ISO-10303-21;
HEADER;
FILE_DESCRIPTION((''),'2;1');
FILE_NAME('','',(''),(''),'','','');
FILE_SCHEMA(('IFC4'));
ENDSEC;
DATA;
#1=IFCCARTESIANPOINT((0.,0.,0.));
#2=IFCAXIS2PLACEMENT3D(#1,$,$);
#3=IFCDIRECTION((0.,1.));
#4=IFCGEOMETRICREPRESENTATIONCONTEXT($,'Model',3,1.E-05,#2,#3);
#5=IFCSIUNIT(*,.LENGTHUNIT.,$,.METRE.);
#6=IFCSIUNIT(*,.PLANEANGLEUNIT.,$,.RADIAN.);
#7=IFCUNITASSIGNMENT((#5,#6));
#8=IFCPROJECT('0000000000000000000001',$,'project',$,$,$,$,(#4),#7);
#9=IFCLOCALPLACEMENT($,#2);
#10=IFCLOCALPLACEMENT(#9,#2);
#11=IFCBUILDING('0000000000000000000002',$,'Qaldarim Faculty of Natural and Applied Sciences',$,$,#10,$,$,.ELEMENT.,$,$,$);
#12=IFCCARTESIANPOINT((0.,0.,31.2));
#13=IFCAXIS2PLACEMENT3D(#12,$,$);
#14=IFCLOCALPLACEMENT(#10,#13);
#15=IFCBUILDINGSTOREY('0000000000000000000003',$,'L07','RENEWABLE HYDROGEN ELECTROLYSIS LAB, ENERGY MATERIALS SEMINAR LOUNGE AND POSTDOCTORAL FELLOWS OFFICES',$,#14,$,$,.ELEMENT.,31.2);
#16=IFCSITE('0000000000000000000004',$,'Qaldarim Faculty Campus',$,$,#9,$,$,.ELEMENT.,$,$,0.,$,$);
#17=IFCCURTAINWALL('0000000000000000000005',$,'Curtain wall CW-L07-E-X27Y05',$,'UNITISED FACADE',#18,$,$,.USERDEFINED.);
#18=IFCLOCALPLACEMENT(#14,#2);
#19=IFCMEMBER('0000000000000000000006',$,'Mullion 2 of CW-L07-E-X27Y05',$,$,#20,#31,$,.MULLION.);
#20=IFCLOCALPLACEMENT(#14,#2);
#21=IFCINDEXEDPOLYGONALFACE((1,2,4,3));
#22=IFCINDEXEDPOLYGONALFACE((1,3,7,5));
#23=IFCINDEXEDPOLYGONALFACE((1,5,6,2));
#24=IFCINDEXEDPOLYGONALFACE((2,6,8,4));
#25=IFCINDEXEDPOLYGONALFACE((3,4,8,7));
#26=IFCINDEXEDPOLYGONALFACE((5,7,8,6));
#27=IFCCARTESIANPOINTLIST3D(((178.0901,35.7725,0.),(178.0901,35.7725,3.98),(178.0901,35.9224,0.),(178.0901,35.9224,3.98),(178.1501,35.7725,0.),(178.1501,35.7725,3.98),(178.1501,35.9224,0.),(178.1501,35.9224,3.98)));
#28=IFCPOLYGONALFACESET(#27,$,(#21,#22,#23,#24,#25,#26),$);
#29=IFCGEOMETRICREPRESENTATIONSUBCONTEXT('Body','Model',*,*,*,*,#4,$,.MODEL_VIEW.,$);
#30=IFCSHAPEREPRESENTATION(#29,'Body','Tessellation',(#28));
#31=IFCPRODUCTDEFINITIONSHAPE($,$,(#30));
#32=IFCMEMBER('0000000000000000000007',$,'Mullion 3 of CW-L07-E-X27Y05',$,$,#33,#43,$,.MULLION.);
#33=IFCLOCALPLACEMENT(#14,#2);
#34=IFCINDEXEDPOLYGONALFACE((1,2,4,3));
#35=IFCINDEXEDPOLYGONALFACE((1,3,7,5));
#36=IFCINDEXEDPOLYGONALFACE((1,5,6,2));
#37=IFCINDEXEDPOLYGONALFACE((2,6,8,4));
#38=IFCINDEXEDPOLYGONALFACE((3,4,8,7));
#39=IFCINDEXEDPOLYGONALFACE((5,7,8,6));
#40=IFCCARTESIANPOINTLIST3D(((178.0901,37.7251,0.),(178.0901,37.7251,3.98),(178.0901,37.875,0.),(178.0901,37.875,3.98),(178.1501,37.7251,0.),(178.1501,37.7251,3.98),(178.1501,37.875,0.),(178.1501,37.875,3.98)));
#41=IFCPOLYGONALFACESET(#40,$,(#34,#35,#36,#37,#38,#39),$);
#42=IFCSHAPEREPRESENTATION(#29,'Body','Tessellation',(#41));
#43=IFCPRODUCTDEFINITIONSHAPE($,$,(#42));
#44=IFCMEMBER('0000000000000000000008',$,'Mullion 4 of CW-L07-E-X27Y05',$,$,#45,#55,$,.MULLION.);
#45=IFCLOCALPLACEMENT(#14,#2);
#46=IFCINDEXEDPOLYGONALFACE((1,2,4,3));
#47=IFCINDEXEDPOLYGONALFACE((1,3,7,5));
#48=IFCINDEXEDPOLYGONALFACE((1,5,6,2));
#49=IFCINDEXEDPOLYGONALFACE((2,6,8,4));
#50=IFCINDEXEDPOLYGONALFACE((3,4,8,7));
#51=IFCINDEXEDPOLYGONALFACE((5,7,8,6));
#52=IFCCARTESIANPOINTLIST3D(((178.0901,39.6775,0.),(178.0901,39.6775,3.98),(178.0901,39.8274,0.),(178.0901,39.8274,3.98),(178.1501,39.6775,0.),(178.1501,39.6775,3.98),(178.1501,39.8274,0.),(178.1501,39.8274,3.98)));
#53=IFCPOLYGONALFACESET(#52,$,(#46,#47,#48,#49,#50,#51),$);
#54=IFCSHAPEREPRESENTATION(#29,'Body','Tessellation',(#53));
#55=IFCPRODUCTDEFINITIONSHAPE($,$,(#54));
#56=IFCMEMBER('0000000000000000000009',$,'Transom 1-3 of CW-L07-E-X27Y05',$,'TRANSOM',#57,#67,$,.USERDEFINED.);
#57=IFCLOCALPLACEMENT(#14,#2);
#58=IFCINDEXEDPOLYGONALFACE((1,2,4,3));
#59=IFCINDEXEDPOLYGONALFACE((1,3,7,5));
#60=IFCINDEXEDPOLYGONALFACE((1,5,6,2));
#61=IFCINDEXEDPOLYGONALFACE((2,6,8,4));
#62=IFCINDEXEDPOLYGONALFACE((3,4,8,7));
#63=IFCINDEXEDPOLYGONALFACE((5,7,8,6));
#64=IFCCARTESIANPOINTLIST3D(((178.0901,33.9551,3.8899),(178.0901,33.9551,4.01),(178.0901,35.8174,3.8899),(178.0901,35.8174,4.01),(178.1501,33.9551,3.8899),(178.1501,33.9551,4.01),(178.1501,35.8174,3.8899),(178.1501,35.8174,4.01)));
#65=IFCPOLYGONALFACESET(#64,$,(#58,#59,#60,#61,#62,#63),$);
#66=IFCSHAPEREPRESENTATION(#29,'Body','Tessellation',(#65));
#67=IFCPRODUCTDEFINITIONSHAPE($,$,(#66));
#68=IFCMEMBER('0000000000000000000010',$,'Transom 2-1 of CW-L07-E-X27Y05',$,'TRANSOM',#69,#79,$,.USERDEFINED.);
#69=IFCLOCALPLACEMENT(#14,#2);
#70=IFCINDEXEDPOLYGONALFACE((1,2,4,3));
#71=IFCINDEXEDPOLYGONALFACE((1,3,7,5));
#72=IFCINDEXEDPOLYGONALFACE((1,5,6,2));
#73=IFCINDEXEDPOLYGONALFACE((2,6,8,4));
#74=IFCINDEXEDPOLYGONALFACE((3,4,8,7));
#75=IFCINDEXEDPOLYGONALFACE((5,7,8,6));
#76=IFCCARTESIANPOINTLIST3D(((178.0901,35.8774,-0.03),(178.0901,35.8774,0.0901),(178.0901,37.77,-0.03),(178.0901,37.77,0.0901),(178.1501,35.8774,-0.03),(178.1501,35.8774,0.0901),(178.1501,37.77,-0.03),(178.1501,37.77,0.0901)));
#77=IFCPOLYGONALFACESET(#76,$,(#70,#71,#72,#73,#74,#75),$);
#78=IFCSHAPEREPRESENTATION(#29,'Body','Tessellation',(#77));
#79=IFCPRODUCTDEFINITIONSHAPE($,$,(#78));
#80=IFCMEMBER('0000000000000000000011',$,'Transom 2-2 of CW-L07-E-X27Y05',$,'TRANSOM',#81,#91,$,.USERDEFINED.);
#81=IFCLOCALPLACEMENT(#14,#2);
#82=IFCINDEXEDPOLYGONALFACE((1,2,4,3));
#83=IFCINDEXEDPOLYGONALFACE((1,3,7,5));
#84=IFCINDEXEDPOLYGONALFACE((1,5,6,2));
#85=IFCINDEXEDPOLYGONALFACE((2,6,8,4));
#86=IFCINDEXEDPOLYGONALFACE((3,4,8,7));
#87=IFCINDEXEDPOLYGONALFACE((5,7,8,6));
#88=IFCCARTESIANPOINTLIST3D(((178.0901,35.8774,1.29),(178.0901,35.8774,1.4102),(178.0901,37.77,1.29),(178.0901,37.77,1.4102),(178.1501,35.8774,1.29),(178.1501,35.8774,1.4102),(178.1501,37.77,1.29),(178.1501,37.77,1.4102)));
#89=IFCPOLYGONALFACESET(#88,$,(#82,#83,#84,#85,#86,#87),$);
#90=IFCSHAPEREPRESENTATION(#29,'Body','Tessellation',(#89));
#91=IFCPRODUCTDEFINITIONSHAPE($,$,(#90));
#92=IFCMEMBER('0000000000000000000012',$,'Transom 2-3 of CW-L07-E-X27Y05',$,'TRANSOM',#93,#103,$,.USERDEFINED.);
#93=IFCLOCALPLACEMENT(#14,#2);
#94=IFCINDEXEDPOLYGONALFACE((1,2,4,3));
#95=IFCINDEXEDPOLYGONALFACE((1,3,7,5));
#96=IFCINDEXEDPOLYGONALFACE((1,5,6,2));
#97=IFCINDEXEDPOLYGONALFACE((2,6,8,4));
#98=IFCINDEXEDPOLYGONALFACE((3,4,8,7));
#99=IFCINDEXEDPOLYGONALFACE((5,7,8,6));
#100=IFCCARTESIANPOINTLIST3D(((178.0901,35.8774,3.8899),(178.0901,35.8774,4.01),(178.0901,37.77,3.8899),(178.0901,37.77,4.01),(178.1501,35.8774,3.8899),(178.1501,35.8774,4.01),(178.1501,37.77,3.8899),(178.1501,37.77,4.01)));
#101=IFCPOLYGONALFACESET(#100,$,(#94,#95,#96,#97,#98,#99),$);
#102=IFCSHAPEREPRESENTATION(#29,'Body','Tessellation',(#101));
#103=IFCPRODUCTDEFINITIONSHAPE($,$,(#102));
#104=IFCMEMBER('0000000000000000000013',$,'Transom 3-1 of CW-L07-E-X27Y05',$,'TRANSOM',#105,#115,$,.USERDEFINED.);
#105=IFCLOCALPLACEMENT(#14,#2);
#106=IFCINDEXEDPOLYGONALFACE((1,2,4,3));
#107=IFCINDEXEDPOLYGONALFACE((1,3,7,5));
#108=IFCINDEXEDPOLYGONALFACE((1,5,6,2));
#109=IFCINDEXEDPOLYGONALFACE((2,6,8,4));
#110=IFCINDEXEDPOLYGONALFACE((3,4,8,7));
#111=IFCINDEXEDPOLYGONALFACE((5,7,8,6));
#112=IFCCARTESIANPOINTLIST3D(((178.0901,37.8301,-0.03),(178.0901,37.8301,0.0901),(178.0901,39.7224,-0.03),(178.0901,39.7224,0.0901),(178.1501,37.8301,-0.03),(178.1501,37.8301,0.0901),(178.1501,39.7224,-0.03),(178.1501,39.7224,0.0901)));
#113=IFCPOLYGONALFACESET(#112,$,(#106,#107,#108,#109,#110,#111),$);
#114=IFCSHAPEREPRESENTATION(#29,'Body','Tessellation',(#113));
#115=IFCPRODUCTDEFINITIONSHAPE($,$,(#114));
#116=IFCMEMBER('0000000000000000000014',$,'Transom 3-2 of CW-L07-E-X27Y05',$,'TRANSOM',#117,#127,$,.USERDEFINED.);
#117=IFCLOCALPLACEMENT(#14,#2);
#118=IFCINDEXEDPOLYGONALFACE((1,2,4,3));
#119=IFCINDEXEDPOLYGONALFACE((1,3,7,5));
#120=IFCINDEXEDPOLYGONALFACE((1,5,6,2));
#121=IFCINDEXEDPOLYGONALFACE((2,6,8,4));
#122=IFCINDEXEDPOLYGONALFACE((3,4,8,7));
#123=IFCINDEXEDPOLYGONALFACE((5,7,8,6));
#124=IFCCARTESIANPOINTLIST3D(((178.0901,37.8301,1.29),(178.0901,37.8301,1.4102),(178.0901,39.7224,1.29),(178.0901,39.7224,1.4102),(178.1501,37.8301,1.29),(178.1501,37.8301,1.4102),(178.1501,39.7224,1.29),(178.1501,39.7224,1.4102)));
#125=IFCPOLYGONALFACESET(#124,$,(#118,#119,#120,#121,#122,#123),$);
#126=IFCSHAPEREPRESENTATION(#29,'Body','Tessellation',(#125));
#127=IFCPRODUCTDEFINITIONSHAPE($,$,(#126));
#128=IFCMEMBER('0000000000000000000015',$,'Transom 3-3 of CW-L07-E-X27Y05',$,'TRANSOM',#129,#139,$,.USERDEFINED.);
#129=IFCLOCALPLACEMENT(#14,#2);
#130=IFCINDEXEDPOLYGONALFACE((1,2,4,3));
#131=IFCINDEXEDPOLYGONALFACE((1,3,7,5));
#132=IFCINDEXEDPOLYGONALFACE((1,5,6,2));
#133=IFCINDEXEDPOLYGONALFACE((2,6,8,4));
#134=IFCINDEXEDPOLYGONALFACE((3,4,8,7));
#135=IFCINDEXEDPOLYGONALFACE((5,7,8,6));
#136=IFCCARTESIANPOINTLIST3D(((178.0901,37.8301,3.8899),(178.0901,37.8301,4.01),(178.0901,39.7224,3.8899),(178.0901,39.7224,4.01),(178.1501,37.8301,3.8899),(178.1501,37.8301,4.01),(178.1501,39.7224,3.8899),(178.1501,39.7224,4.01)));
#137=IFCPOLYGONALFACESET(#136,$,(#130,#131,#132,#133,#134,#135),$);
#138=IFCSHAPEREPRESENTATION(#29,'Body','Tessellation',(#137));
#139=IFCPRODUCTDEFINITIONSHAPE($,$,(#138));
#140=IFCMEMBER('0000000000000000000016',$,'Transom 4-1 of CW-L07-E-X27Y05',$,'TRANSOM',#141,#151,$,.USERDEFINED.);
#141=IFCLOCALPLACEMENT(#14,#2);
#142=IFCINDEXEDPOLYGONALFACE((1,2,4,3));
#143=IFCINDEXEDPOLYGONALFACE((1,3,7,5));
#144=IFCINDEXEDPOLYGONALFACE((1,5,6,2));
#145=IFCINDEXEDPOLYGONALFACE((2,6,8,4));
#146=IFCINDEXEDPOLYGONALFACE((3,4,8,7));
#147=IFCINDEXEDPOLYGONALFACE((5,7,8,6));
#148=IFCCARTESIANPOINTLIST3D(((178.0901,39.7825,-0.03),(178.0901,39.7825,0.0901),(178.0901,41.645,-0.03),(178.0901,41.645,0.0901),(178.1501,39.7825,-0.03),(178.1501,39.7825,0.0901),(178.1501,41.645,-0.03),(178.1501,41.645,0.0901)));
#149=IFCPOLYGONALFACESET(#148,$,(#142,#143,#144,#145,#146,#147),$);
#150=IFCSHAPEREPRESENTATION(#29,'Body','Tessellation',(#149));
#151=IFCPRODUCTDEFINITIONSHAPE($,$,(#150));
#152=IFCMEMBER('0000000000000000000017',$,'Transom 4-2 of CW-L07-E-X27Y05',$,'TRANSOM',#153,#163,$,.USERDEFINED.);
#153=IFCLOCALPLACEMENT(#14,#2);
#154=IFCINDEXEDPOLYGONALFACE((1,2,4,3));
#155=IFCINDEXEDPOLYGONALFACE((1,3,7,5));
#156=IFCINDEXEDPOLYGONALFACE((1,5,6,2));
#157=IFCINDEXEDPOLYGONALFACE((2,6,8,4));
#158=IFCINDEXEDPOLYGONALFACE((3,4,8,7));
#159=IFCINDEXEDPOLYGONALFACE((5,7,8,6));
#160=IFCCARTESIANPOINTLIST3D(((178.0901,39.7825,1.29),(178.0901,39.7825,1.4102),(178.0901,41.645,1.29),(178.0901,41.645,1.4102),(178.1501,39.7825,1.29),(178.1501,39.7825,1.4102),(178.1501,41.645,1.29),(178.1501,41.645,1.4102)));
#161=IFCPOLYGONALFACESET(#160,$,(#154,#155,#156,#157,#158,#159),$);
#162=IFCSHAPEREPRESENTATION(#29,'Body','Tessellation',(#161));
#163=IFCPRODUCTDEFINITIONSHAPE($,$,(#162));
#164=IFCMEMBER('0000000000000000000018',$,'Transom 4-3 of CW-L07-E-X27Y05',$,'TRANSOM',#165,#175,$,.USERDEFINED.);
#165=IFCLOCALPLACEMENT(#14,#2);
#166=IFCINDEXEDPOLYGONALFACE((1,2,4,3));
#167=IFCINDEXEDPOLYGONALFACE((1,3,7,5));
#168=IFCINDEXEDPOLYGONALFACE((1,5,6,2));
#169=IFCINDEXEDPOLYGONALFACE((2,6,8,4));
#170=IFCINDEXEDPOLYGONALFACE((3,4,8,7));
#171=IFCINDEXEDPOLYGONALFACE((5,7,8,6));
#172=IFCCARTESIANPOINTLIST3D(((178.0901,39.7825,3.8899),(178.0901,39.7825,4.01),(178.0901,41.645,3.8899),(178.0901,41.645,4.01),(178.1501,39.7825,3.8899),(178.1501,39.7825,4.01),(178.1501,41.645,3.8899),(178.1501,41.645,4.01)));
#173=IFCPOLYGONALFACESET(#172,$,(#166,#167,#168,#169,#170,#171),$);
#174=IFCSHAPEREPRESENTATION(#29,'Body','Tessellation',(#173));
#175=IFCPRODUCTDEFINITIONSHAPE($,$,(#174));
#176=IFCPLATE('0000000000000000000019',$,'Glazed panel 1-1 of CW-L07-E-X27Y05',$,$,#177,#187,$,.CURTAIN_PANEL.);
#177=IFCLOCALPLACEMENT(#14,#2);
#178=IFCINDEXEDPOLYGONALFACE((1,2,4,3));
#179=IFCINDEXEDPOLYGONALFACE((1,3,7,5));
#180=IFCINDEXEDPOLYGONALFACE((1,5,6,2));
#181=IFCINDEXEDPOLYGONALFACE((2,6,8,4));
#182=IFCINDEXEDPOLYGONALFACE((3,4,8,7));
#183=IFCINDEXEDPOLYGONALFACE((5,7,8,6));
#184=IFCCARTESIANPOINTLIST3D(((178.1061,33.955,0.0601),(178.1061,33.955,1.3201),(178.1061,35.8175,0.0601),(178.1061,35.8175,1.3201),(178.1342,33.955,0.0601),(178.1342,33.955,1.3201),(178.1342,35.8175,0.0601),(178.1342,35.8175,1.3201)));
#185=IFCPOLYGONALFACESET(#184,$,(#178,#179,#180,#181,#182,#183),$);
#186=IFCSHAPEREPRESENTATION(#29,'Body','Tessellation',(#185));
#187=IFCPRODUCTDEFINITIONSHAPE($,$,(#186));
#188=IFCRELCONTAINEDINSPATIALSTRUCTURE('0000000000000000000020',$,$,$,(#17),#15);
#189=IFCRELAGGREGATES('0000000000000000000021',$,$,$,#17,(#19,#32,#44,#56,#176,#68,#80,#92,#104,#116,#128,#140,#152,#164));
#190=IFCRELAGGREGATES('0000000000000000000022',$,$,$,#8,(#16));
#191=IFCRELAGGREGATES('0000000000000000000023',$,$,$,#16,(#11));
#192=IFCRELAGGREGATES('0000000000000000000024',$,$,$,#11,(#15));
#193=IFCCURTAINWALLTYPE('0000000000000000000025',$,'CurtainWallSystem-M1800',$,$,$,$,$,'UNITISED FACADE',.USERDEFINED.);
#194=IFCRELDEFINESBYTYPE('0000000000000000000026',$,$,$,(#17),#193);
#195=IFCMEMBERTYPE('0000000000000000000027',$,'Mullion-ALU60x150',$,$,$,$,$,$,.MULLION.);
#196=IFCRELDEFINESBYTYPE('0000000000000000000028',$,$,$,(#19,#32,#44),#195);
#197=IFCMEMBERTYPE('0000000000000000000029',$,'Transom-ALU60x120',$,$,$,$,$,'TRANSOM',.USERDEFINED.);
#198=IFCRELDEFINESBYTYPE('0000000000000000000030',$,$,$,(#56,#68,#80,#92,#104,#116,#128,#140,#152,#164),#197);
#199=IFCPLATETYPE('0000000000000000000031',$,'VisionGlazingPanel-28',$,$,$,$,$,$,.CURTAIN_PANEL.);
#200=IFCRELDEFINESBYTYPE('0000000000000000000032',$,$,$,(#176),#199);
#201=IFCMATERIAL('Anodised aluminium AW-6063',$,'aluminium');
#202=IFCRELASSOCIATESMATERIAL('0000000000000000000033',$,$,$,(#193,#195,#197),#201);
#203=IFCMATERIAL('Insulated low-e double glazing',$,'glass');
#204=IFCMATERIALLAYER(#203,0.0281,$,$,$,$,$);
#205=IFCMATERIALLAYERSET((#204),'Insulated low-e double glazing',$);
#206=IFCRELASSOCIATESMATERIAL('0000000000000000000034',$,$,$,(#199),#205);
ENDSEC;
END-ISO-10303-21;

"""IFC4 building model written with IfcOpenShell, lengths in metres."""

from ifc_helpers import new_model, si_unit, direction, frame, origin, origin_2d, place, context, subcontext, project, spatial, rectangle, extrude, material, layer, layer_set, material_profile, profile_set, type_object, element, aggregate, save


model = new_model("IFC4")

# Units and contexts
model_context = context("Model", 3, precision=1e-05, world=origin(), true_north=direction((0.0, 1.0)))
body_context = subcontext(model_context, "Body", "Model", "MODEL_VIEW")
ifc_project = project(units=[si_unit("LENGTHUNIT", "METRE"), si_unit("PLANEANGLEUNIT", "RADIAN")], contexts=[model_context])

# Site, building, storey
site_placement = place(None, origin())
site = spatial("IfcSite", under=ifc_project, at=site_placement, Name="Qaldarim Faculty Campus", CompositionType="ELEMENT", RefElevation=0.0)
building_placement = place(site_placement, origin())
building = spatial("IfcBuilding", under=site, at=building_placement, Name="Qaldarim Faculty of Natural and Applied Sciences", CompositionType="ELEMENT")
storey_placement = place(building_placement, frame((0.0, 0.0, 31.2)))
storey = spatial("IfcBuildingStorey", under=building, at=storey_placement, Name="L07", Description="RENEWABLE HYDROGEN ELECTROLYSIS LAB, ENERGY MATERIALS SEMINAR LOUNGE AND POSTDOCTORAL FELLOWS OFFICES", CompositionType="ELEMENT", Elevation=31.2)

# Curtain wall, members, plate
ifc_material_1 = material(Name="Anodised aluminium AW-6063", Category="aluminium")
curtain_wall_type = type_object("IfcCurtainWallType", Name="CurtainWallSystem-M1800", ElementType="UNITISED FACADE", PredefinedType="USERDEFINED", material=ifc_material_1)
curtain_wall_placement = place(storey_placement, origin())
curtain_wall = element("IfcCurtainWall", 1, at=curtain_wall_placement, inside=storey, type_object=curtain_wall_type, Name="Curtain wall CW-L07-E-X27Y05", ObjectType="UNITISED FACADE", PredefinedType="USERDEFINED")
ifc_material_profile_1 = material_profile(ifc_material_1, rectangle(XDim=0.0601, YDim=0.1499, at=origin_2d()), Name="ALU-M60x150")
ifc_profile_set_1 = profile_set([ifc_material_profile_1], Name="Anodised aluminium AW-6063")
member_type_1 = type_object("IfcMemberType", Name="Mullion-ALU60x150", PredefinedType="MULLION", material=ifc_profile_set_1)
member_1_placement = place(storey_placement, frame((178.1201, 35.8474, 0.0), z_axis=(0.0, 0.0, 1.0), x_axis=(-1.0, 0.0, 0.0)))
member_1 = element("IfcMember", 2, at=member_1_placement, type_object=member_type_1, Name="Mullion 2 of CW-L07-E-X27Y05", PredefinedType="MULLION", context=body_context, shape_type="SweptSolid", body=[
    extrude(rectangle(XDim=0.0601, YDim=0.1499, at=origin_2d()), origin(), (0.0, 0.0, 1.0), 3.98),
])
member_2_placement = place(storey_placement, frame((178.1201, 37.8, 0.0), z_axis=(0.0, 0.0, 1.0), x_axis=(-1.0, 0.0, 0.0)))
member_2 = element("IfcMember", 3, at=member_2_placement, type_object=member_type_1, Name="Mullion 3 of CW-L07-E-X27Y05", PredefinedType="MULLION", context=body_context, shape_type="SweptSolid", body=[
    extrude(rectangle(XDim=0.0601, YDim=0.1499, at=origin_2d()), origin(), (0.0, 0.0, 1.0), 3.98),
])
member_3_placement = place(storey_placement, frame((178.1201, 39.7524, 0.0), z_axis=(0.0, 0.0, 1.0), x_axis=(-1.0, 0.0, 0.0)))
member_3 = element("IfcMember", 4, at=member_3_placement, type_object=member_type_1, Name="Mullion 4 of CW-L07-E-X27Y05", PredefinedType="MULLION", context=body_context, shape_type="SweptSolid", body=[
    extrude(rectangle(XDim=0.0601, YDim=0.1499, at=origin_2d()), origin(), (0.0, 0.0, 1.0), 3.98),
])
ifc_material_profile_2 = material_profile(ifc_material_1, rectangle(XDim=0.0601, YDim=0.1201, at=origin_2d()), Name="ALU-T60x120")
ifc_profile_set_2 = profile_set([ifc_material_profile_2], Name="Anodised aluminium AW-6063")
member_type_2 = type_object("IfcMemberType", Name="Transom-ALU60x120", ElementType="TRANSOM", PredefinedType="USERDEFINED", material=ifc_profile_set_2)
member_4_placement = place(storey_placement, frame((178.1201, 33.9551, 3.95), z_axis=(0.0, 1.0, 0.0), x_axis=(-1.0, 0.0, 0.0)))
member_4 = element("IfcMember", 5, at=member_4_placement, type_object=member_type_2, Name="Transom 1-3 of CW-L07-E-X27Y05", ObjectType="TRANSOM", PredefinedType="USERDEFINED", context=body_context, shape_type="SweptSolid", body=[
    extrude(rectangle(XDim=0.0601, YDim=0.1201, at=origin_2d()), origin(), (0.0, 0.0, 1.0), 1.8623),
])
member_5_placement = place(storey_placement, frame((178.1201, 35.8774, 0.03), z_axis=(0.0, 1.0, 0.0), x_axis=(-1.0, 0.0, 0.0)))
member_5 = element("IfcMember", 6, at=member_5_placement, type_object=member_type_2, Name="Transom 2-1 of CW-L07-E-X27Y05", ObjectType="TRANSOM", PredefinedType="USERDEFINED", context=body_context, shape_type="SweptSolid", body=[
    extrude(rectangle(XDim=0.0601, YDim=0.1201, at=origin_2d()), origin(), (0.0, 0.0, 1.0), 1.8926),
])
member_6_placement = place(storey_placement, frame((178.1201, 35.8774, 1.3501), z_axis=(0.0, 1.0, 0.0), x_axis=(-1.0, 0.0, 0.0)))
member_6 = element("IfcMember", 7, at=member_6_placement, type_object=member_type_2, Name="Transom 2-2 of CW-L07-E-X27Y05", ObjectType="TRANSOM", PredefinedType="USERDEFINED", context=body_context, shape_type="SweptSolid", body=[
    extrude(rectangle(XDim=0.0601, YDim=0.1201, at=origin_2d()), origin(), (0.0, 0.0, 1.0), 1.8926),
])
member_7_placement = place(storey_placement, frame((178.1201, 35.8774, 3.95), z_axis=(0.0, 1.0, 0.0), x_axis=(-1.0, 0.0, 0.0)))
member_7 = element("IfcMember", 8, at=member_7_placement, type_object=member_type_2, Name="Transom 2-3 of CW-L07-E-X27Y05", ObjectType="TRANSOM", PredefinedType="USERDEFINED", context=body_context, shape_type="SweptSolid", body=[
    extrude(rectangle(XDim=0.0601, YDim=0.1201, at=origin_2d()), origin(), (0.0, 0.0, 1.0), 1.8926),
])
member_8_placement = place(storey_placement, frame((178.1201, 37.8301, 0.03), z_axis=(0.0, 1.0, 0.0), x_axis=(-1.0, 0.0, 0.0)))
member_8 = element("IfcMember", 9, at=member_8_placement, type_object=member_type_2, Name="Transom 3-1 of CW-L07-E-X27Y05", ObjectType="TRANSOM", PredefinedType="USERDEFINED", context=body_context, shape_type="SweptSolid", body=[
    extrude(rectangle(XDim=0.0601, YDim=0.1201, at=origin_2d()), origin(), (0.0, 0.0, 1.0), 1.8923),
])
member_9_placement = place(storey_placement, frame((178.1201, 37.8301, 1.3501), z_axis=(0.0, 1.0, 0.0), x_axis=(-1.0, 0.0, 0.0)))
member_9 = element("IfcMember", 10, at=member_9_placement, type_object=member_type_2, Name="Transom 3-2 of CW-L07-E-X27Y05", ObjectType="TRANSOM", PredefinedType="USERDEFINED", context=body_context, shape_type="SweptSolid", body=[
    extrude(rectangle(XDim=0.0601, YDim=0.1201, at=origin_2d()), origin(), (0.0, 0.0, 1.0), 1.8923),
])
member_10_placement = place(storey_placement, frame((178.1201, 37.8301, 3.95), z_axis=(0.0, 1.0, 0.0), x_axis=(-1.0, 0.0, 0.0)))
member_10 = element("IfcMember", 11, at=member_10_placement, type_object=member_type_2, Name="Transom 3-3 of CW-L07-E-X27Y05", ObjectType="TRANSOM", PredefinedType="USERDEFINED", context=body_context, shape_type="SweptSolid", body=[
    extrude(rectangle(XDim=0.0601, YDim=0.1201, at=origin_2d()), origin(), (0.0, 0.0, 1.0), 1.8923),
])
member_11_placement = place(storey_placement, frame((178.1201, 39.7825, 0.03), z_axis=(0.0, 1.0, 0.0), x_axis=(-1.0, 0.0, 0.0)))
member_11 = element("IfcMember", 12, at=member_11_placement, type_object=member_type_2, Name="Transom 4-1 of CW-L07-E-X27Y05", ObjectType="TRANSOM", PredefinedType="USERDEFINED", context=body_context, shape_type="SweptSolid", body=[
    extrude(rectangle(XDim=0.0601, YDim=0.1201, at=origin_2d()), origin(), (0.0, 0.0, 1.0), 1.8625),
])
member_12_placement = place(storey_placement, frame((178.1201, 39.7825, 1.3501), z_axis=(0.0, 1.0, 0.0), x_axis=(-1.0, 0.0, 0.0)))
member_12 = element("IfcMember", 13, at=member_12_placement, type_object=member_type_2, Name="Transom 4-2 of CW-L07-E-X27Y05", ObjectType="TRANSOM", PredefinedType="USERDEFINED", context=body_context, shape_type="SweptSolid", body=[
    extrude(rectangle(XDim=0.0601, YDim=0.1201, at=origin_2d()), origin(), (0.0, 0.0, 1.0), 1.8625),
])
member_13_placement = place(storey_placement, frame((178.1201, 39.7825, 3.95), z_axis=(0.0, 1.0, 0.0), x_axis=(-1.0, 0.0, 0.0)))
member_13 = element("IfcMember", 14, at=member_13_placement, type_object=member_type_2, Name="Transom 4-3 of CW-L07-E-X27Y05", ObjectType="TRANSOM", PredefinedType="USERDEFINED", context=body_context, shape_type="SweptSolid", body=[
    extrude(rectangle(XDim=0.0601, YDim=0.1201, at=origin_2d()), origin(), (0.0, 0.0, 1.0), 1.8625),
])
ifc_material_2 = material(Name="Insulated low-e double glazing", Category="glass")
ifc_layer_1 = layer(ifc_material_2, 0.0281)
ifc_layer_set_1 = layer_set([ifc_layer_1], Name="Insulated low-e double glazing")
plate_type = type_object("IfcPlateType", Name="VisionGlazingPanel-28", PredefinedType="CURTAIN_PANEL", material=ifc_layer_set_1)
plate_1_placement = place(storey_placement, frame((178.1201, 34.8862, 0.0601), z_axis=(0.0, 0.0, 1.0), x_axis=(0.0, 1.0, 0.0)))
plate_1 = element("IfcPlate", 15, at=plate_1_placement, type_object=plate_type, Name="Glazed panel 1-1 of CW-L07-E-X27Y05", PredefinedType="CURTAIN_PANEL", context=body_context, shape_type="SweptSolid", body=[
    extrude(rectangle(XDim=1.8625, YDim=0.0281, at=origin_2d()), origin(), (0.0, 0.0, 1.0), 1.26),
])
aggregate(curtain_wall, [member_1, member_2, member_3, member_4, plate_1, member_5, member_6, member_7, member_8, member_9, member_10, member_11, member_12, member_13])

save(model, "model.ifc")
